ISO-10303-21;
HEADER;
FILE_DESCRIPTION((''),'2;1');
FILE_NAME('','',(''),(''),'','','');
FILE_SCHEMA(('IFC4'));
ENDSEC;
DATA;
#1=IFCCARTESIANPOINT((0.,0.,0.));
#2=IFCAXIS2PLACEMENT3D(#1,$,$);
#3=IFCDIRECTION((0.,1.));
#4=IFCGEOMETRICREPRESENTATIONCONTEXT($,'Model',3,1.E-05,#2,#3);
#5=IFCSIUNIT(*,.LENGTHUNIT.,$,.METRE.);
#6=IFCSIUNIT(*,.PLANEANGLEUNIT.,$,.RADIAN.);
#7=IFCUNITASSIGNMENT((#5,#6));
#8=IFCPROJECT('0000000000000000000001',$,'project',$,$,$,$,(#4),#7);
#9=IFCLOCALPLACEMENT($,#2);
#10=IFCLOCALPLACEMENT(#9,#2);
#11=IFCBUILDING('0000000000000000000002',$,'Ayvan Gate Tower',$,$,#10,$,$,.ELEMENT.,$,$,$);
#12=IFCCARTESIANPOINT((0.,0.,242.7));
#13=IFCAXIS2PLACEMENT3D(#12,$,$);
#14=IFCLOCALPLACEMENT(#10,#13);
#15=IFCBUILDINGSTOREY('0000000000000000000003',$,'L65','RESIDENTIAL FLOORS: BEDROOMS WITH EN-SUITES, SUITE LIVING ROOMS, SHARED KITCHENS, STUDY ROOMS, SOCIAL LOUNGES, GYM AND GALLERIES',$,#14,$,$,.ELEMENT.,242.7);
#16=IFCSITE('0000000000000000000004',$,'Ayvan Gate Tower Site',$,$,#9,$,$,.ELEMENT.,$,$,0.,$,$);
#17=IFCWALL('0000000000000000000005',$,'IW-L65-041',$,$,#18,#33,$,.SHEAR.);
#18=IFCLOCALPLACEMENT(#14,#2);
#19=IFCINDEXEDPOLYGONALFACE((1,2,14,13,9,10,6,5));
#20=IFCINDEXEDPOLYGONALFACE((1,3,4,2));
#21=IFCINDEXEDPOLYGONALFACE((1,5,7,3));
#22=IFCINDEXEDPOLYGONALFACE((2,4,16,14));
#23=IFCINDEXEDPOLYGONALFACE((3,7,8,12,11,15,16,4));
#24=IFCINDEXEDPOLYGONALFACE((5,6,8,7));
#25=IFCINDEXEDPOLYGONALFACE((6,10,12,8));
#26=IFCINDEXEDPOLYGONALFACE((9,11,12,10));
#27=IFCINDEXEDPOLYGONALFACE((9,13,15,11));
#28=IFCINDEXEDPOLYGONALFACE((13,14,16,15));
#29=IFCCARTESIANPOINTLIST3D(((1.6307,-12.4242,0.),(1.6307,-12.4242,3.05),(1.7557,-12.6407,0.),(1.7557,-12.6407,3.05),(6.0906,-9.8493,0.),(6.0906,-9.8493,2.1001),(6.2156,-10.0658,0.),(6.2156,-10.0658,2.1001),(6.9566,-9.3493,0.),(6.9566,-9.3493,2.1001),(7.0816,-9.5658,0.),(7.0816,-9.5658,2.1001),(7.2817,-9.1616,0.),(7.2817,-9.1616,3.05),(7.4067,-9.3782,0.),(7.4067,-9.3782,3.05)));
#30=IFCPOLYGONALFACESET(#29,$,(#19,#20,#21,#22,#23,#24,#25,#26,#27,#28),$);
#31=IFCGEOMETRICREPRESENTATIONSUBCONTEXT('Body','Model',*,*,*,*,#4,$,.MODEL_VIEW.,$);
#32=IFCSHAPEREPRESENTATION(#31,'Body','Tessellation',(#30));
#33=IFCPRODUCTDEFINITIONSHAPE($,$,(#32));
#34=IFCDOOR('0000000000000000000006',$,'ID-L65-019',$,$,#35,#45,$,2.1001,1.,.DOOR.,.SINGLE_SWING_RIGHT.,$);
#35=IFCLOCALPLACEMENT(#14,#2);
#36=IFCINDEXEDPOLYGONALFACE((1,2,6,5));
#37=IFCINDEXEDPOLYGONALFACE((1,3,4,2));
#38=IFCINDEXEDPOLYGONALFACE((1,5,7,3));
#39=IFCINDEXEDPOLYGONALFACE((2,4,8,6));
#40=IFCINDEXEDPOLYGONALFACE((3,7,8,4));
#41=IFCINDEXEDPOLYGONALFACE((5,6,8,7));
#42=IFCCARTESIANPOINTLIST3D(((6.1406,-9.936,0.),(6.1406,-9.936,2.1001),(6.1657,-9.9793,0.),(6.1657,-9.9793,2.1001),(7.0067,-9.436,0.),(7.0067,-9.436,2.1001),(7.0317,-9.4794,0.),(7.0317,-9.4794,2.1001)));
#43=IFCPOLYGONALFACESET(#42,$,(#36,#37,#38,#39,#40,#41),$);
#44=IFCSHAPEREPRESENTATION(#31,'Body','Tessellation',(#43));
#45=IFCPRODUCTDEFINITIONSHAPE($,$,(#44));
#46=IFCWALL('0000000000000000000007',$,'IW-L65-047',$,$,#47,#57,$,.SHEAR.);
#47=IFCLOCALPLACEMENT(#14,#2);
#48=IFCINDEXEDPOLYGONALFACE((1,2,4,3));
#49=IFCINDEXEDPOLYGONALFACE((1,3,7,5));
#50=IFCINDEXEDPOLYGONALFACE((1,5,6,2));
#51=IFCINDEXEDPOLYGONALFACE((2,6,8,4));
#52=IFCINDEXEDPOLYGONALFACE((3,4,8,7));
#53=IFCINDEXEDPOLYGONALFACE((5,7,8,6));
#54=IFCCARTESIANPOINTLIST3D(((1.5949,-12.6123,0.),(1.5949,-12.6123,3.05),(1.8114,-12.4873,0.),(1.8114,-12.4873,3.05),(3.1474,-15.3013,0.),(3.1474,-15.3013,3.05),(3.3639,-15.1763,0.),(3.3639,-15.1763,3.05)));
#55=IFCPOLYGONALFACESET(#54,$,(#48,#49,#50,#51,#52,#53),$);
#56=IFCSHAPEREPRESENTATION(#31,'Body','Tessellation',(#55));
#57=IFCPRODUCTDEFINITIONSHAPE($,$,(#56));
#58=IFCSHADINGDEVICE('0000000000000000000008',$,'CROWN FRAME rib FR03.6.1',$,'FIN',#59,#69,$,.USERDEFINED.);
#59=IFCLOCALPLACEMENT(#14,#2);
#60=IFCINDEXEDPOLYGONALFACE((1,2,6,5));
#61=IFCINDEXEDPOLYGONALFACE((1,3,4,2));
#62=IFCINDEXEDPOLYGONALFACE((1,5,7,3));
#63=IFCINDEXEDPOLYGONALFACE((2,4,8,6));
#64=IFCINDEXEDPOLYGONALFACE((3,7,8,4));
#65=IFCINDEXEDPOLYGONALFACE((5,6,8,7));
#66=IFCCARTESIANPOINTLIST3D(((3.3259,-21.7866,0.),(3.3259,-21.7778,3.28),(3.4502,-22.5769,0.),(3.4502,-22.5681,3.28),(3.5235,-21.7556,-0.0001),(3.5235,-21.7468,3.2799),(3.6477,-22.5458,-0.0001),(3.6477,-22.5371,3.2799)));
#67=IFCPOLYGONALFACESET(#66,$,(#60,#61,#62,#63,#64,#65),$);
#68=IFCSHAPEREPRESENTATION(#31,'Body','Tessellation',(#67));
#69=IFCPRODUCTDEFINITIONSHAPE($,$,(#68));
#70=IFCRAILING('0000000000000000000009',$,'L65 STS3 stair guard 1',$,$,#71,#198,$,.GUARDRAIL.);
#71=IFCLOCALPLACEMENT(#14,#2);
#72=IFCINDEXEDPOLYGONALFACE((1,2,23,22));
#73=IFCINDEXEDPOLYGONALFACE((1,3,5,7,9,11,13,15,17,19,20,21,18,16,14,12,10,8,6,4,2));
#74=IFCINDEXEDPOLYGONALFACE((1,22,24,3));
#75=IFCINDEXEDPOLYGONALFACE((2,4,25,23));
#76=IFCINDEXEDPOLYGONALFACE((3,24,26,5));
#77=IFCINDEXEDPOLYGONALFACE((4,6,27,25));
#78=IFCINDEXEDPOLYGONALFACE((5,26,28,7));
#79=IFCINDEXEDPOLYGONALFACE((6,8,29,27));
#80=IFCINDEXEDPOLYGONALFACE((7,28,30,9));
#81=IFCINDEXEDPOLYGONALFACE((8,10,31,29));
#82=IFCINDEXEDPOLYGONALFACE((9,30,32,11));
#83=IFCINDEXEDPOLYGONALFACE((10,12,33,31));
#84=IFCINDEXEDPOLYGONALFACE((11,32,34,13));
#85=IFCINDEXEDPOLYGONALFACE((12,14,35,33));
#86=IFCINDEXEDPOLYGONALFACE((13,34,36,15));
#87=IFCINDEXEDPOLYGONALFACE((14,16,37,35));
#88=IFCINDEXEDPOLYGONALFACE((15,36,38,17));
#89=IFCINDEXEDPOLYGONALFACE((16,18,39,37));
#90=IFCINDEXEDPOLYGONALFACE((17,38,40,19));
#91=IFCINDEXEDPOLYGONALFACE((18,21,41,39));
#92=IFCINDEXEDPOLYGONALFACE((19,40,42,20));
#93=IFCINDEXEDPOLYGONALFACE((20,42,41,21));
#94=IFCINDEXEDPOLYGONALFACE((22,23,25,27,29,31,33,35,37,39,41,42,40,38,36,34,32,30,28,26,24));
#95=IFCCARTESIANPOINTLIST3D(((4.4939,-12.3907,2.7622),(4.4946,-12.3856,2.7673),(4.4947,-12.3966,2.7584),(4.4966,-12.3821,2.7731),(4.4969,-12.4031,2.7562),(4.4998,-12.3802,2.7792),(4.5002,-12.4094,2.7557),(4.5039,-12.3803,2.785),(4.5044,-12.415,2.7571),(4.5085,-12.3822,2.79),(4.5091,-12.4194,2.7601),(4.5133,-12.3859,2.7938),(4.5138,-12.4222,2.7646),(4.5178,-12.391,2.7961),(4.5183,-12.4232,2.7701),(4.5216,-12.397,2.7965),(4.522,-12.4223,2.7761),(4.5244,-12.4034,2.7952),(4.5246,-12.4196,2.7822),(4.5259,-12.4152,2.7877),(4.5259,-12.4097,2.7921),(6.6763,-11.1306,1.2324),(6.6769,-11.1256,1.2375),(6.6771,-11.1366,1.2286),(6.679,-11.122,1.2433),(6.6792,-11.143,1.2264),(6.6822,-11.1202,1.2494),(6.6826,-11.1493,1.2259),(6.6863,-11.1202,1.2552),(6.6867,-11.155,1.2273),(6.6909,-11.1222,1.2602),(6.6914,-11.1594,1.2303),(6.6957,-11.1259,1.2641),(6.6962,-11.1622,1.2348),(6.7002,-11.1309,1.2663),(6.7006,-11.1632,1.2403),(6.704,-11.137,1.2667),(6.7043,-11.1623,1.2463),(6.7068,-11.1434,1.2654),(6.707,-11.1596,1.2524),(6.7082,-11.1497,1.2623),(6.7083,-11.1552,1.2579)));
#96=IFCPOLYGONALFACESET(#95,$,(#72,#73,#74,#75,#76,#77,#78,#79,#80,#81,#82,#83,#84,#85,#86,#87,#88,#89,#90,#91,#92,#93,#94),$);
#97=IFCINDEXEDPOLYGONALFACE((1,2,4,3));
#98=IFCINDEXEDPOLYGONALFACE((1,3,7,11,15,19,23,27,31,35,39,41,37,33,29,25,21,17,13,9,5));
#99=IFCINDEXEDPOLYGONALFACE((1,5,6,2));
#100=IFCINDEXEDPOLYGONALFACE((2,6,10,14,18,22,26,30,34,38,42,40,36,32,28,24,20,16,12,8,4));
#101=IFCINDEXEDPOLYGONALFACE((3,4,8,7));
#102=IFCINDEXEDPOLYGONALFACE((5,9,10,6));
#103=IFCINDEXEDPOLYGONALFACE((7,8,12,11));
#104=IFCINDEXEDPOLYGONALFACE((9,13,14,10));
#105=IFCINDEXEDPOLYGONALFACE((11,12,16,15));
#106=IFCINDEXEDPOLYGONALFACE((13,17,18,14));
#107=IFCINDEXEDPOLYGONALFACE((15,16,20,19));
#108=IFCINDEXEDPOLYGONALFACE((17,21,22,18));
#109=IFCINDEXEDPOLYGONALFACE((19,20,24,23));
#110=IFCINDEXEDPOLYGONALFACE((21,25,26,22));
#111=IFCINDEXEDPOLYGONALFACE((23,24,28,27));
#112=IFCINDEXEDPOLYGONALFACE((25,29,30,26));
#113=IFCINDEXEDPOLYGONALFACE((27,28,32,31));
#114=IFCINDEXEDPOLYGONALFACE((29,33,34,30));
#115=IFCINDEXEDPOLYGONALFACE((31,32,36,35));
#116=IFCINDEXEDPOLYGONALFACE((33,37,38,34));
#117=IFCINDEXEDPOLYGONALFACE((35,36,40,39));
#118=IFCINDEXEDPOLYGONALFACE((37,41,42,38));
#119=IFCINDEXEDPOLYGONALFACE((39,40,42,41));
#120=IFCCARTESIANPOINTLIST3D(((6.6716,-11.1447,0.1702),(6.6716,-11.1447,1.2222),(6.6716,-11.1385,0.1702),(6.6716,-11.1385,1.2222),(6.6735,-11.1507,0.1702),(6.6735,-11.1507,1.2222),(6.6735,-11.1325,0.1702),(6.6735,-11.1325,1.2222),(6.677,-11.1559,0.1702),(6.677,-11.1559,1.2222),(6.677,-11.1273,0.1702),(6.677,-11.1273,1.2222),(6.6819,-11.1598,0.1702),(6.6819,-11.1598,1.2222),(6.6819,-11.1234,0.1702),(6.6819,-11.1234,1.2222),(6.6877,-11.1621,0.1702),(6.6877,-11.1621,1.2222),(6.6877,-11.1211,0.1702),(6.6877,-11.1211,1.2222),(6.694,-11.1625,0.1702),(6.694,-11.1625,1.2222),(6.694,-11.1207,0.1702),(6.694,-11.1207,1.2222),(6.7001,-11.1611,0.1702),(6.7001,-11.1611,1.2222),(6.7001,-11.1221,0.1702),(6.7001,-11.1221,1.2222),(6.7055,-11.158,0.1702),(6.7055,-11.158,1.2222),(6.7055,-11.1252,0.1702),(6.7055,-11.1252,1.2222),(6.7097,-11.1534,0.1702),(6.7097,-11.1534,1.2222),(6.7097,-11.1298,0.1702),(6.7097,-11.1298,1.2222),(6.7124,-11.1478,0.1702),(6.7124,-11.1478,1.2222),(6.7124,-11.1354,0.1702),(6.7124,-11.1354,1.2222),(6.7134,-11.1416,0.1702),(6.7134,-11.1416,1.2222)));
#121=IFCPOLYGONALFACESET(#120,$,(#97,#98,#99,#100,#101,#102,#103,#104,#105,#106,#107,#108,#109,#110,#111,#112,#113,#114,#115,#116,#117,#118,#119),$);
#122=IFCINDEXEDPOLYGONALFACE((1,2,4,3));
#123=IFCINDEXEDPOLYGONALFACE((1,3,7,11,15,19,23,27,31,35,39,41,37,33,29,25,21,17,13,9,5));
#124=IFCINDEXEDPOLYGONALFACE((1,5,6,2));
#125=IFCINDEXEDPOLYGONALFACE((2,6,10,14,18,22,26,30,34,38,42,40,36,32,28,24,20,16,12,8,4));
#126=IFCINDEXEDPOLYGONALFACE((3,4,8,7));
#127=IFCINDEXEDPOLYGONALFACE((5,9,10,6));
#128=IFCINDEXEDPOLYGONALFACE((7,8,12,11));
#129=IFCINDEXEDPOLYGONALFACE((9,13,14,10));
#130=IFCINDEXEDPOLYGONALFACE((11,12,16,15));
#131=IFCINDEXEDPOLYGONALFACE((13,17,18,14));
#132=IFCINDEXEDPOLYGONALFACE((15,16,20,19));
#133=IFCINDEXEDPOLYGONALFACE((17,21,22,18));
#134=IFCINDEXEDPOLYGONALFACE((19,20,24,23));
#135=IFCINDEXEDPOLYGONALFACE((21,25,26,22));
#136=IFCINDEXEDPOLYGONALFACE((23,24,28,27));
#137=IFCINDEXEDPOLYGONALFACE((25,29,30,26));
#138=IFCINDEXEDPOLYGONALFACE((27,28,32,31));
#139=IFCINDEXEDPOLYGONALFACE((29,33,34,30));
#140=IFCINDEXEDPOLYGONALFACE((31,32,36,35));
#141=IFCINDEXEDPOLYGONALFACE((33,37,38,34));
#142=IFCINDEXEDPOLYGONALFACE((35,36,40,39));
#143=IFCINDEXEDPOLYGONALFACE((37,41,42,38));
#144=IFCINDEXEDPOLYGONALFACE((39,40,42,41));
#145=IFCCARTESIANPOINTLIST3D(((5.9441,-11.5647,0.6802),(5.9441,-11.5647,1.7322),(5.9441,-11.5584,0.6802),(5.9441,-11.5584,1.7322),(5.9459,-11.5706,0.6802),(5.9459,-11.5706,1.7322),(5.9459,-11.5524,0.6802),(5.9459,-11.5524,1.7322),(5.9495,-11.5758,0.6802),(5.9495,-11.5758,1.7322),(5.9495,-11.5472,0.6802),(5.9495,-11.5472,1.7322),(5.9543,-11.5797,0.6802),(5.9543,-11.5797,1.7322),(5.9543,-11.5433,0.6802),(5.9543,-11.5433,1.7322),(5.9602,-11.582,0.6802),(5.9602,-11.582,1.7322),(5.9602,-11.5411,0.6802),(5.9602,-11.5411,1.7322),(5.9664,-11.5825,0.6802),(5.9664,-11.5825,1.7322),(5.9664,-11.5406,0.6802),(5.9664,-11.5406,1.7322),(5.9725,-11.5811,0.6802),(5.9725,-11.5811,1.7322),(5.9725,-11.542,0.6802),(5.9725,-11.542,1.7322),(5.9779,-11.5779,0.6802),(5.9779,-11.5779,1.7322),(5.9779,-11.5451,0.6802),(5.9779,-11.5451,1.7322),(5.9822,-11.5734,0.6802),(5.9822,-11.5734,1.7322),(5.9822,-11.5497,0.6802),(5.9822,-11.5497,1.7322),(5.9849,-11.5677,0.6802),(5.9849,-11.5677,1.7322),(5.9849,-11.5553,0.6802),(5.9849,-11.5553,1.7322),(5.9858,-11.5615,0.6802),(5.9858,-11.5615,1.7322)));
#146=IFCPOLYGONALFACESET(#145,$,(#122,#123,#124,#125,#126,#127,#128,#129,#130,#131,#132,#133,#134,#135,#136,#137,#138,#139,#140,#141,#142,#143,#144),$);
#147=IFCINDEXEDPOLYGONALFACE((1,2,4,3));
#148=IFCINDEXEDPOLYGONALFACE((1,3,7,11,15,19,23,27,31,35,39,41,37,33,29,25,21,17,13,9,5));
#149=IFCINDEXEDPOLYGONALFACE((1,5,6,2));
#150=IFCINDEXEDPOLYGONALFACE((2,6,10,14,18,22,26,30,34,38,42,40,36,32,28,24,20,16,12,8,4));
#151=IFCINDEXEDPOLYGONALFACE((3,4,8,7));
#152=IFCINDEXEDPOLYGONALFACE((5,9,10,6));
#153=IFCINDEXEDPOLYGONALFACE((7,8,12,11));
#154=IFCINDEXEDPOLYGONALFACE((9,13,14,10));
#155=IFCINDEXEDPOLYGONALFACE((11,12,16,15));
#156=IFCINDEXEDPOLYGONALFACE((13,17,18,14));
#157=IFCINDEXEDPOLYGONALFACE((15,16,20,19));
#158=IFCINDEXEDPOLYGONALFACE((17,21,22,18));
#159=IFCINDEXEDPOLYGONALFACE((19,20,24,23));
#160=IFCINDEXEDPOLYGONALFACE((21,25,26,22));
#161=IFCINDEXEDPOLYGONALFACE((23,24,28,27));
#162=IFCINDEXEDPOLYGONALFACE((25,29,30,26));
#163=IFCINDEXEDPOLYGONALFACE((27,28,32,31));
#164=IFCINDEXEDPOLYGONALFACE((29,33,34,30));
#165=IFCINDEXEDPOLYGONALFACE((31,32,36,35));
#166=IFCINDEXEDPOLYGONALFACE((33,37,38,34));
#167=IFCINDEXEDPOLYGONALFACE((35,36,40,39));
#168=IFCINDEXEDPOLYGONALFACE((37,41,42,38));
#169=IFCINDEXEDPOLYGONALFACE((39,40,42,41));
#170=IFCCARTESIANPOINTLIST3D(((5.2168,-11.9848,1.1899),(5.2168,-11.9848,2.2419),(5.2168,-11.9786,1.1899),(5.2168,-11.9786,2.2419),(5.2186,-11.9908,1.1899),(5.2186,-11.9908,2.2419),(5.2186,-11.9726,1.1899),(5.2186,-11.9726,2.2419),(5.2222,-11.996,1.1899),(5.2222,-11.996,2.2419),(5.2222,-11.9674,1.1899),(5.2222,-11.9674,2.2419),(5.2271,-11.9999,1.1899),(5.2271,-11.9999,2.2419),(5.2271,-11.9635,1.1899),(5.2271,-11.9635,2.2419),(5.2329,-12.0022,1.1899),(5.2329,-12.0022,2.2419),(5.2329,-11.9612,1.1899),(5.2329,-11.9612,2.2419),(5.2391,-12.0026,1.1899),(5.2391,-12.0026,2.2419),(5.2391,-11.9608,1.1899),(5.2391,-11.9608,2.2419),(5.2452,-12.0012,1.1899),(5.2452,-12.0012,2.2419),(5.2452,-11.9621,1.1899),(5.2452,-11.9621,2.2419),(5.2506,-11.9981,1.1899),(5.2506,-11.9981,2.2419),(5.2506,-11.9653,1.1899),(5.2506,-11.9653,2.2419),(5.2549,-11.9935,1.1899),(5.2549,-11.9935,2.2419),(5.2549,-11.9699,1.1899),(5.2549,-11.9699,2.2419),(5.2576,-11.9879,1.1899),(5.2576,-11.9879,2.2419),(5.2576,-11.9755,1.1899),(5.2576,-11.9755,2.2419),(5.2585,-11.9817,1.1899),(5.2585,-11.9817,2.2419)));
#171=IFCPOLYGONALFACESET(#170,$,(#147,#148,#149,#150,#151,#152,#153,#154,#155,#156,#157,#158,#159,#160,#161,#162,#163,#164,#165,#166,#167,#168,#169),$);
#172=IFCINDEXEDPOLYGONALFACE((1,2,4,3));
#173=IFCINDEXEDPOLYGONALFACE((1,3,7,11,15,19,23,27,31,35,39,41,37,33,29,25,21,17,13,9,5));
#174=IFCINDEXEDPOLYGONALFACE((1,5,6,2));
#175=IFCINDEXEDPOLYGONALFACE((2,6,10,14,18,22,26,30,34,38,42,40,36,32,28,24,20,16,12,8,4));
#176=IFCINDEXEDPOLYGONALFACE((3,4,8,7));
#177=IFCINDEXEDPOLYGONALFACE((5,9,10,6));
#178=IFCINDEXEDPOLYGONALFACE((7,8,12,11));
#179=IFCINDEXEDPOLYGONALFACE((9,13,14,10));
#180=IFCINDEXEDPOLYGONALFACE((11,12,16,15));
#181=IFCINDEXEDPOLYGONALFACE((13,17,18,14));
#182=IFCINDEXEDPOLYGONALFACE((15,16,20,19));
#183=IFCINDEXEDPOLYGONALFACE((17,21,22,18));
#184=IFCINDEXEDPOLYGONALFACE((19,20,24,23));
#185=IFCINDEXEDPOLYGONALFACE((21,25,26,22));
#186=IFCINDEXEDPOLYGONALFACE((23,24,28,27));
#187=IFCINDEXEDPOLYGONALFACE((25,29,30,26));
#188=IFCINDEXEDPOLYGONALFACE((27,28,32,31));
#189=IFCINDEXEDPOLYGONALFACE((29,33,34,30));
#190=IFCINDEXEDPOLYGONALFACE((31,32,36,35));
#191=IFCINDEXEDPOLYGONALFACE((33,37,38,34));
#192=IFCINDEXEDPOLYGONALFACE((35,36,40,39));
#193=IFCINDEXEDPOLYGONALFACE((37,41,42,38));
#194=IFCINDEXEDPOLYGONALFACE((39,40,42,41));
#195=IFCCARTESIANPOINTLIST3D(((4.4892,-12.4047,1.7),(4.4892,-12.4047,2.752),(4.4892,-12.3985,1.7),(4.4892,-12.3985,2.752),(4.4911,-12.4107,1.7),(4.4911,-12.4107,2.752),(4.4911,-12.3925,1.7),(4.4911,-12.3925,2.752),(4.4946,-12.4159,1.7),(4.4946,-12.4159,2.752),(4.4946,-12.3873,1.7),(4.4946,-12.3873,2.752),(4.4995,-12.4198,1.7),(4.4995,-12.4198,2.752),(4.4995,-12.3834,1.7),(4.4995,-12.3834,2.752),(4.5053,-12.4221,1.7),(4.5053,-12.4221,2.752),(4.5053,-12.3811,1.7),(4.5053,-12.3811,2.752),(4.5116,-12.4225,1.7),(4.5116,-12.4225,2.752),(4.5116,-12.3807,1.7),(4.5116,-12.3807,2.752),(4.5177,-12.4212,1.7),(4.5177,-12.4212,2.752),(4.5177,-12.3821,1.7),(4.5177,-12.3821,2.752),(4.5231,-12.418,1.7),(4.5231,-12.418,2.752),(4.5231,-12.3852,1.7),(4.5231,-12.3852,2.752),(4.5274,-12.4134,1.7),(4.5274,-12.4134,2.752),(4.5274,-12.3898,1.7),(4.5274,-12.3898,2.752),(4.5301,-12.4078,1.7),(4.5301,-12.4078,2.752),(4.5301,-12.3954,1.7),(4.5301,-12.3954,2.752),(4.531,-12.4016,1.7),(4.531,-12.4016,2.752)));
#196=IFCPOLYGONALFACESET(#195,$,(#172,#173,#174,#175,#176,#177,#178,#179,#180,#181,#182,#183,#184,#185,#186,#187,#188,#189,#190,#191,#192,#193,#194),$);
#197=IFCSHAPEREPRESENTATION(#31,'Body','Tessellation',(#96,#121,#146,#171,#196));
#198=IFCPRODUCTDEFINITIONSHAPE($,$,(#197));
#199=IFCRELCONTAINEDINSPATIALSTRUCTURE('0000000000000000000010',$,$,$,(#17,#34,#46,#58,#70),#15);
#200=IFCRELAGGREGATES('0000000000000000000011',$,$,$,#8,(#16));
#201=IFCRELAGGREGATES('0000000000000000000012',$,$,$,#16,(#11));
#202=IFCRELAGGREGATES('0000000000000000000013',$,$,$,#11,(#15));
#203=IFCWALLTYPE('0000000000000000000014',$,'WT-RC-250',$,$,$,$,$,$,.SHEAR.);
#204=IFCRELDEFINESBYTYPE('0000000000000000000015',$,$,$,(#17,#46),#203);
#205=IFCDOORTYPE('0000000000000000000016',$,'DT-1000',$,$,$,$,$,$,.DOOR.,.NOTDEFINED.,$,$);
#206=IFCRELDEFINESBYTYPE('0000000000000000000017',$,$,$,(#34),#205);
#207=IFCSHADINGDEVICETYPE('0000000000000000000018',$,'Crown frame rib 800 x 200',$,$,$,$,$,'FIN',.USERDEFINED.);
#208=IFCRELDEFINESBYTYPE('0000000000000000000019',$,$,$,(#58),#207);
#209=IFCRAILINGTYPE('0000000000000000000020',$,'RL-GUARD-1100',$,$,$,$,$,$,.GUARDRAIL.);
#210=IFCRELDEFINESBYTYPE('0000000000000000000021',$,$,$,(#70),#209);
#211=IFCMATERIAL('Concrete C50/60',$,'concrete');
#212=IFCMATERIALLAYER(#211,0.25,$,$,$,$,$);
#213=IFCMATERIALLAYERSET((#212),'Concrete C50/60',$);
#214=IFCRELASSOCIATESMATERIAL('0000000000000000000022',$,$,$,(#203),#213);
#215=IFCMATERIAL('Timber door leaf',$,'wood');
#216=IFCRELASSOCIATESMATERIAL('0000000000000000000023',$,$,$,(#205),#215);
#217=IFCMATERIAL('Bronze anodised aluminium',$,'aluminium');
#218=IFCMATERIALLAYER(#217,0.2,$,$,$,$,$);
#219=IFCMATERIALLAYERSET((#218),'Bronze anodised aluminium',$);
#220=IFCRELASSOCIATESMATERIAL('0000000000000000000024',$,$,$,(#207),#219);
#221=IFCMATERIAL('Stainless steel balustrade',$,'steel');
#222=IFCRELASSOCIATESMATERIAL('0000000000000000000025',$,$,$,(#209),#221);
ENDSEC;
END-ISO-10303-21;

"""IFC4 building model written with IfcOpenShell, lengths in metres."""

from ifc_helpers import new_model, si_unit, direction, frame, frame_2d, origin, origin_2d, place, context, subcontext, project, spatial, polyline, rectangle, circle, outline, extrude, material, layer, layer_set, type_object, element, fill, save


model = new_model("IFC4")

# Units and contexts
model_context = context("Model", 3, precision=1e-05, world=origin(), true_north=direction((0.0, 1.0)))
body_context = subcontext(model_context, "Body", "Model", "MODEL_VIEW")
ifc_project = project(units=[si_unit("LENGTHUNIT", "METRE"), si_unit("PLANEANGLEUNIT", "RADIAN")], contexts=[model_context])

# Site, building, storey
site_placement = place(None, origin())
site = spatial("IfcSite", under=ifc_project, at=site_placement, Name="Ayvan Gate Tower Site", CompositionType="ELEMENT", RefElevation=0.0)
building_placement = place(site_placement, origin())
building = spatial("IfcBuilding", under=site, at=building_placement, Name="Ayvan Gate Tower", CompositionType="ELEMENT")
storey_placement = place(building_placement, frame((0.0, 0.0, 242.7)))
storey = spatial("IfcBuildingStorey", under=building, at=storey_placement, Name="L65", Description="RESIDENTIAL FLOORS: BEDROOMS WITH EN-SUITES, SUITE LIVING ROOMS, SHARED KITCHENS, STUDY ROOMS, SOCIAL LOUNGES, GYM AND GALLERIES", CompositionType="ELEMENT", Elevation=242.7)

# Shared definitions
ifc_material_1 = material(Name="Concrete C50/60", Category="concrete")

# Shared definitions
ifc_material_2 = material(Name="Bronze anodised aluminium", Category="aluminium")

# Shared definitions
ifc_layer_1 = layer(ifc_material_1, 0.25)
ifc_layer_set_1 = layer_set([ifc_layer_1], Name="Concrete C50/60")
wall_type = type_object("IfcWallType", Name="WT-RC-250", PredefinedType="SHEAR", material=ifc_layer_set_1)

# Wall, opening, door
wall_1_placement = place(storey_placement, frame((1.6931, -12.5325, 0.0), z_axis=(0.0, 0.0, 1.0), x_axis=(0.866031, 0.49999, 0.0)))
wall_1 = element("IfcWall", 1, at=wall_1_placement, inside=storey, type_object=wall_type, Name="IW-L65-041", PredefinedType="SHEAR", context=body_context, shape_type="SweptSolid", body=[
    extrude(rectangle(XDim=6.5251, YDim=0.25, at=frame_2d((3.2627, 0.0))), origin(), (0.0, 0.0, 1.0), 3.05),
])
opening_placement = place(wall_1_placement, frame((5.1499, 0.0, 0.0)))
opening = element("IfcOpeningElement", 2, at=opening_placement, cuts=wall_1, PredefinedType="OPENING", context=body_context, shape_type="SweptSolid", body=[
    extrude(rectangle(XDim=1.0, YDim=2.1001, at=frame_2d((0.5, 1.05))), frame((0.0, 0.135, 0.0), z_axis=(0.0, -1.0, 0.0), x_axis=(1.0, 0.0, 0.0)), (0.0, 0.0, 1.0), 0.27),
])
ifc_material_3 = material(Name="Timber door leaf", Category="wood")
door_type = type_object("IfcDoorType", Name="DT-1000", OperationType="NOTDEFINED", PredefinedType="DOOR", material=ifc_material_3)
door_placement = place(opening_placement, origin())
door = element("IfcDoor", 3, at=door_placement, inside=storey, type_object=door_type, Name="ID-L65-019", OperationType="SINGLE_SWING_RIGHT", OverallHeight=2.1001, OverallWidth=1.0, PredefinedType="DOOR", context=body_context, shape_type="SweptSolid", body=[
    extrude(rectangle(XDim=1.0, YDim=2.1001, at=frame_2d((0.5, 1.05))), frame((0.0, 0.0249, 0.0), z_axis=(0.0, -1.0, 0.0), x_axis=(1.0, 0.0, 0.0)), (0.0, 0.0, 1.0), 0.05),
])
fill(opening, door)

# Wall
wall_2_placement = place(storey_placement, frame((3.2556, -15.2388, 0.0), z_axis=(0.0, 0.0, 1.0), x_axis=(-0.500004, 0.866023, 0.0)))
element("IfcWall", 4, at=wall_2_placement, inside=storey, type_object=wall_type, Name="IW-L65-047", PredefinedType="SHEAR", context=body_context, shape_type="SweptSolid", body=[
    extrude(rectangle(XDim=3.105, YDim=0.25, at=frame_2d((1.5525, 0.0))), origin(), (0.0, 0.0, 1.0), 3.05),
])

# Shading device
ifc_layer_2 = layer(ifc_material_2, 0.2)
ifc_layer_set_2 = layer_set([ifc_layer_2], Name="Bronze anodised aluminium")
shading_device_type = type_object("IfcShadingDeviceType", Name="Crown frame rib 800 x 200", ElementType="FIN", PredefinedType="USERDEFINED", material=ifc_layer_set_2)
shading_device_placement = place(storey_placement, frame((3.3259, -21.7866, 0.0), z_axis=(-0.987862, -0.155336, 0.000416), x_axis=(0.155336, -0.987862, 0.0)))
element("IfcShadingDevice", 5, at=shading_device_placement, inside=storey, type_object=shading_device_type, Name="CROWN FRAME rib FR03.6.1", ObjectType="FIN", PredefinedType="USERDEFINED", context=body_context, shape_type="SweptSolid", body=[
    extrude(outline(polyline([(0.0, 0.0), (0.8, 0.0), (0.7913, 3.28), (-0.0087, 3.28), (0.0, 0.0)])), origin(), (0.0, 0.0, -1.0), 0.2),
])

# Railing
ifc_material_4 = material(Name="Stainless steel balustrade", Category="steel")
railing_type_1 = type_object("IfcRailingType", Name="RL-GUARD-1100", PredefinedType="GUARDRAIL", material=ifc_material_4)
railing_1_placement = place(storey_placement, frame((6.6924, -11.1416, 0.1702)))
element("IfcRailing", 6, at=railing_1_placement, inside=storey, type_object=railing_type_1, Name="L65 STS3 stair guard 1", PredefinedType="GUARDRAIL", context=body_context, shape_type="SweptSolid", body=[
    extrude(circle(Radius=0.0239, at=origin_2d()), frame((0.0, 0.0, 1.0762), z_axis=(-0.740293, -0.427414, 0.518926), x_axis=(0.500005, -0.866023, 0.0)), (0.0, 0.0, 1.0), 2.948),
    extrude(circle(Radius=0.021, at=origin_2d()), origin(), (0.0, 0.0, 1.0), 1.052),
    extrude(circle(Radius=0.021, at=origin_2d()), frame((-0.7275, -0.4199, 0.51)), (0.0, 0.0, 1.0), 1.052),
    extrude(circle(Radius=0.021, at=origin_2d()), frame((-1.4548, -0.8401, 1.0198)), (0.0, 0.0, 1.0), 1.052),
    extrude(circle(Radius=0.021, at=origin_2d()), frame((-2.1824, -1.26, 1.5298)), (0.0, 0.0, 1.0), 1.052),
])

save(model, "model.ifc")
